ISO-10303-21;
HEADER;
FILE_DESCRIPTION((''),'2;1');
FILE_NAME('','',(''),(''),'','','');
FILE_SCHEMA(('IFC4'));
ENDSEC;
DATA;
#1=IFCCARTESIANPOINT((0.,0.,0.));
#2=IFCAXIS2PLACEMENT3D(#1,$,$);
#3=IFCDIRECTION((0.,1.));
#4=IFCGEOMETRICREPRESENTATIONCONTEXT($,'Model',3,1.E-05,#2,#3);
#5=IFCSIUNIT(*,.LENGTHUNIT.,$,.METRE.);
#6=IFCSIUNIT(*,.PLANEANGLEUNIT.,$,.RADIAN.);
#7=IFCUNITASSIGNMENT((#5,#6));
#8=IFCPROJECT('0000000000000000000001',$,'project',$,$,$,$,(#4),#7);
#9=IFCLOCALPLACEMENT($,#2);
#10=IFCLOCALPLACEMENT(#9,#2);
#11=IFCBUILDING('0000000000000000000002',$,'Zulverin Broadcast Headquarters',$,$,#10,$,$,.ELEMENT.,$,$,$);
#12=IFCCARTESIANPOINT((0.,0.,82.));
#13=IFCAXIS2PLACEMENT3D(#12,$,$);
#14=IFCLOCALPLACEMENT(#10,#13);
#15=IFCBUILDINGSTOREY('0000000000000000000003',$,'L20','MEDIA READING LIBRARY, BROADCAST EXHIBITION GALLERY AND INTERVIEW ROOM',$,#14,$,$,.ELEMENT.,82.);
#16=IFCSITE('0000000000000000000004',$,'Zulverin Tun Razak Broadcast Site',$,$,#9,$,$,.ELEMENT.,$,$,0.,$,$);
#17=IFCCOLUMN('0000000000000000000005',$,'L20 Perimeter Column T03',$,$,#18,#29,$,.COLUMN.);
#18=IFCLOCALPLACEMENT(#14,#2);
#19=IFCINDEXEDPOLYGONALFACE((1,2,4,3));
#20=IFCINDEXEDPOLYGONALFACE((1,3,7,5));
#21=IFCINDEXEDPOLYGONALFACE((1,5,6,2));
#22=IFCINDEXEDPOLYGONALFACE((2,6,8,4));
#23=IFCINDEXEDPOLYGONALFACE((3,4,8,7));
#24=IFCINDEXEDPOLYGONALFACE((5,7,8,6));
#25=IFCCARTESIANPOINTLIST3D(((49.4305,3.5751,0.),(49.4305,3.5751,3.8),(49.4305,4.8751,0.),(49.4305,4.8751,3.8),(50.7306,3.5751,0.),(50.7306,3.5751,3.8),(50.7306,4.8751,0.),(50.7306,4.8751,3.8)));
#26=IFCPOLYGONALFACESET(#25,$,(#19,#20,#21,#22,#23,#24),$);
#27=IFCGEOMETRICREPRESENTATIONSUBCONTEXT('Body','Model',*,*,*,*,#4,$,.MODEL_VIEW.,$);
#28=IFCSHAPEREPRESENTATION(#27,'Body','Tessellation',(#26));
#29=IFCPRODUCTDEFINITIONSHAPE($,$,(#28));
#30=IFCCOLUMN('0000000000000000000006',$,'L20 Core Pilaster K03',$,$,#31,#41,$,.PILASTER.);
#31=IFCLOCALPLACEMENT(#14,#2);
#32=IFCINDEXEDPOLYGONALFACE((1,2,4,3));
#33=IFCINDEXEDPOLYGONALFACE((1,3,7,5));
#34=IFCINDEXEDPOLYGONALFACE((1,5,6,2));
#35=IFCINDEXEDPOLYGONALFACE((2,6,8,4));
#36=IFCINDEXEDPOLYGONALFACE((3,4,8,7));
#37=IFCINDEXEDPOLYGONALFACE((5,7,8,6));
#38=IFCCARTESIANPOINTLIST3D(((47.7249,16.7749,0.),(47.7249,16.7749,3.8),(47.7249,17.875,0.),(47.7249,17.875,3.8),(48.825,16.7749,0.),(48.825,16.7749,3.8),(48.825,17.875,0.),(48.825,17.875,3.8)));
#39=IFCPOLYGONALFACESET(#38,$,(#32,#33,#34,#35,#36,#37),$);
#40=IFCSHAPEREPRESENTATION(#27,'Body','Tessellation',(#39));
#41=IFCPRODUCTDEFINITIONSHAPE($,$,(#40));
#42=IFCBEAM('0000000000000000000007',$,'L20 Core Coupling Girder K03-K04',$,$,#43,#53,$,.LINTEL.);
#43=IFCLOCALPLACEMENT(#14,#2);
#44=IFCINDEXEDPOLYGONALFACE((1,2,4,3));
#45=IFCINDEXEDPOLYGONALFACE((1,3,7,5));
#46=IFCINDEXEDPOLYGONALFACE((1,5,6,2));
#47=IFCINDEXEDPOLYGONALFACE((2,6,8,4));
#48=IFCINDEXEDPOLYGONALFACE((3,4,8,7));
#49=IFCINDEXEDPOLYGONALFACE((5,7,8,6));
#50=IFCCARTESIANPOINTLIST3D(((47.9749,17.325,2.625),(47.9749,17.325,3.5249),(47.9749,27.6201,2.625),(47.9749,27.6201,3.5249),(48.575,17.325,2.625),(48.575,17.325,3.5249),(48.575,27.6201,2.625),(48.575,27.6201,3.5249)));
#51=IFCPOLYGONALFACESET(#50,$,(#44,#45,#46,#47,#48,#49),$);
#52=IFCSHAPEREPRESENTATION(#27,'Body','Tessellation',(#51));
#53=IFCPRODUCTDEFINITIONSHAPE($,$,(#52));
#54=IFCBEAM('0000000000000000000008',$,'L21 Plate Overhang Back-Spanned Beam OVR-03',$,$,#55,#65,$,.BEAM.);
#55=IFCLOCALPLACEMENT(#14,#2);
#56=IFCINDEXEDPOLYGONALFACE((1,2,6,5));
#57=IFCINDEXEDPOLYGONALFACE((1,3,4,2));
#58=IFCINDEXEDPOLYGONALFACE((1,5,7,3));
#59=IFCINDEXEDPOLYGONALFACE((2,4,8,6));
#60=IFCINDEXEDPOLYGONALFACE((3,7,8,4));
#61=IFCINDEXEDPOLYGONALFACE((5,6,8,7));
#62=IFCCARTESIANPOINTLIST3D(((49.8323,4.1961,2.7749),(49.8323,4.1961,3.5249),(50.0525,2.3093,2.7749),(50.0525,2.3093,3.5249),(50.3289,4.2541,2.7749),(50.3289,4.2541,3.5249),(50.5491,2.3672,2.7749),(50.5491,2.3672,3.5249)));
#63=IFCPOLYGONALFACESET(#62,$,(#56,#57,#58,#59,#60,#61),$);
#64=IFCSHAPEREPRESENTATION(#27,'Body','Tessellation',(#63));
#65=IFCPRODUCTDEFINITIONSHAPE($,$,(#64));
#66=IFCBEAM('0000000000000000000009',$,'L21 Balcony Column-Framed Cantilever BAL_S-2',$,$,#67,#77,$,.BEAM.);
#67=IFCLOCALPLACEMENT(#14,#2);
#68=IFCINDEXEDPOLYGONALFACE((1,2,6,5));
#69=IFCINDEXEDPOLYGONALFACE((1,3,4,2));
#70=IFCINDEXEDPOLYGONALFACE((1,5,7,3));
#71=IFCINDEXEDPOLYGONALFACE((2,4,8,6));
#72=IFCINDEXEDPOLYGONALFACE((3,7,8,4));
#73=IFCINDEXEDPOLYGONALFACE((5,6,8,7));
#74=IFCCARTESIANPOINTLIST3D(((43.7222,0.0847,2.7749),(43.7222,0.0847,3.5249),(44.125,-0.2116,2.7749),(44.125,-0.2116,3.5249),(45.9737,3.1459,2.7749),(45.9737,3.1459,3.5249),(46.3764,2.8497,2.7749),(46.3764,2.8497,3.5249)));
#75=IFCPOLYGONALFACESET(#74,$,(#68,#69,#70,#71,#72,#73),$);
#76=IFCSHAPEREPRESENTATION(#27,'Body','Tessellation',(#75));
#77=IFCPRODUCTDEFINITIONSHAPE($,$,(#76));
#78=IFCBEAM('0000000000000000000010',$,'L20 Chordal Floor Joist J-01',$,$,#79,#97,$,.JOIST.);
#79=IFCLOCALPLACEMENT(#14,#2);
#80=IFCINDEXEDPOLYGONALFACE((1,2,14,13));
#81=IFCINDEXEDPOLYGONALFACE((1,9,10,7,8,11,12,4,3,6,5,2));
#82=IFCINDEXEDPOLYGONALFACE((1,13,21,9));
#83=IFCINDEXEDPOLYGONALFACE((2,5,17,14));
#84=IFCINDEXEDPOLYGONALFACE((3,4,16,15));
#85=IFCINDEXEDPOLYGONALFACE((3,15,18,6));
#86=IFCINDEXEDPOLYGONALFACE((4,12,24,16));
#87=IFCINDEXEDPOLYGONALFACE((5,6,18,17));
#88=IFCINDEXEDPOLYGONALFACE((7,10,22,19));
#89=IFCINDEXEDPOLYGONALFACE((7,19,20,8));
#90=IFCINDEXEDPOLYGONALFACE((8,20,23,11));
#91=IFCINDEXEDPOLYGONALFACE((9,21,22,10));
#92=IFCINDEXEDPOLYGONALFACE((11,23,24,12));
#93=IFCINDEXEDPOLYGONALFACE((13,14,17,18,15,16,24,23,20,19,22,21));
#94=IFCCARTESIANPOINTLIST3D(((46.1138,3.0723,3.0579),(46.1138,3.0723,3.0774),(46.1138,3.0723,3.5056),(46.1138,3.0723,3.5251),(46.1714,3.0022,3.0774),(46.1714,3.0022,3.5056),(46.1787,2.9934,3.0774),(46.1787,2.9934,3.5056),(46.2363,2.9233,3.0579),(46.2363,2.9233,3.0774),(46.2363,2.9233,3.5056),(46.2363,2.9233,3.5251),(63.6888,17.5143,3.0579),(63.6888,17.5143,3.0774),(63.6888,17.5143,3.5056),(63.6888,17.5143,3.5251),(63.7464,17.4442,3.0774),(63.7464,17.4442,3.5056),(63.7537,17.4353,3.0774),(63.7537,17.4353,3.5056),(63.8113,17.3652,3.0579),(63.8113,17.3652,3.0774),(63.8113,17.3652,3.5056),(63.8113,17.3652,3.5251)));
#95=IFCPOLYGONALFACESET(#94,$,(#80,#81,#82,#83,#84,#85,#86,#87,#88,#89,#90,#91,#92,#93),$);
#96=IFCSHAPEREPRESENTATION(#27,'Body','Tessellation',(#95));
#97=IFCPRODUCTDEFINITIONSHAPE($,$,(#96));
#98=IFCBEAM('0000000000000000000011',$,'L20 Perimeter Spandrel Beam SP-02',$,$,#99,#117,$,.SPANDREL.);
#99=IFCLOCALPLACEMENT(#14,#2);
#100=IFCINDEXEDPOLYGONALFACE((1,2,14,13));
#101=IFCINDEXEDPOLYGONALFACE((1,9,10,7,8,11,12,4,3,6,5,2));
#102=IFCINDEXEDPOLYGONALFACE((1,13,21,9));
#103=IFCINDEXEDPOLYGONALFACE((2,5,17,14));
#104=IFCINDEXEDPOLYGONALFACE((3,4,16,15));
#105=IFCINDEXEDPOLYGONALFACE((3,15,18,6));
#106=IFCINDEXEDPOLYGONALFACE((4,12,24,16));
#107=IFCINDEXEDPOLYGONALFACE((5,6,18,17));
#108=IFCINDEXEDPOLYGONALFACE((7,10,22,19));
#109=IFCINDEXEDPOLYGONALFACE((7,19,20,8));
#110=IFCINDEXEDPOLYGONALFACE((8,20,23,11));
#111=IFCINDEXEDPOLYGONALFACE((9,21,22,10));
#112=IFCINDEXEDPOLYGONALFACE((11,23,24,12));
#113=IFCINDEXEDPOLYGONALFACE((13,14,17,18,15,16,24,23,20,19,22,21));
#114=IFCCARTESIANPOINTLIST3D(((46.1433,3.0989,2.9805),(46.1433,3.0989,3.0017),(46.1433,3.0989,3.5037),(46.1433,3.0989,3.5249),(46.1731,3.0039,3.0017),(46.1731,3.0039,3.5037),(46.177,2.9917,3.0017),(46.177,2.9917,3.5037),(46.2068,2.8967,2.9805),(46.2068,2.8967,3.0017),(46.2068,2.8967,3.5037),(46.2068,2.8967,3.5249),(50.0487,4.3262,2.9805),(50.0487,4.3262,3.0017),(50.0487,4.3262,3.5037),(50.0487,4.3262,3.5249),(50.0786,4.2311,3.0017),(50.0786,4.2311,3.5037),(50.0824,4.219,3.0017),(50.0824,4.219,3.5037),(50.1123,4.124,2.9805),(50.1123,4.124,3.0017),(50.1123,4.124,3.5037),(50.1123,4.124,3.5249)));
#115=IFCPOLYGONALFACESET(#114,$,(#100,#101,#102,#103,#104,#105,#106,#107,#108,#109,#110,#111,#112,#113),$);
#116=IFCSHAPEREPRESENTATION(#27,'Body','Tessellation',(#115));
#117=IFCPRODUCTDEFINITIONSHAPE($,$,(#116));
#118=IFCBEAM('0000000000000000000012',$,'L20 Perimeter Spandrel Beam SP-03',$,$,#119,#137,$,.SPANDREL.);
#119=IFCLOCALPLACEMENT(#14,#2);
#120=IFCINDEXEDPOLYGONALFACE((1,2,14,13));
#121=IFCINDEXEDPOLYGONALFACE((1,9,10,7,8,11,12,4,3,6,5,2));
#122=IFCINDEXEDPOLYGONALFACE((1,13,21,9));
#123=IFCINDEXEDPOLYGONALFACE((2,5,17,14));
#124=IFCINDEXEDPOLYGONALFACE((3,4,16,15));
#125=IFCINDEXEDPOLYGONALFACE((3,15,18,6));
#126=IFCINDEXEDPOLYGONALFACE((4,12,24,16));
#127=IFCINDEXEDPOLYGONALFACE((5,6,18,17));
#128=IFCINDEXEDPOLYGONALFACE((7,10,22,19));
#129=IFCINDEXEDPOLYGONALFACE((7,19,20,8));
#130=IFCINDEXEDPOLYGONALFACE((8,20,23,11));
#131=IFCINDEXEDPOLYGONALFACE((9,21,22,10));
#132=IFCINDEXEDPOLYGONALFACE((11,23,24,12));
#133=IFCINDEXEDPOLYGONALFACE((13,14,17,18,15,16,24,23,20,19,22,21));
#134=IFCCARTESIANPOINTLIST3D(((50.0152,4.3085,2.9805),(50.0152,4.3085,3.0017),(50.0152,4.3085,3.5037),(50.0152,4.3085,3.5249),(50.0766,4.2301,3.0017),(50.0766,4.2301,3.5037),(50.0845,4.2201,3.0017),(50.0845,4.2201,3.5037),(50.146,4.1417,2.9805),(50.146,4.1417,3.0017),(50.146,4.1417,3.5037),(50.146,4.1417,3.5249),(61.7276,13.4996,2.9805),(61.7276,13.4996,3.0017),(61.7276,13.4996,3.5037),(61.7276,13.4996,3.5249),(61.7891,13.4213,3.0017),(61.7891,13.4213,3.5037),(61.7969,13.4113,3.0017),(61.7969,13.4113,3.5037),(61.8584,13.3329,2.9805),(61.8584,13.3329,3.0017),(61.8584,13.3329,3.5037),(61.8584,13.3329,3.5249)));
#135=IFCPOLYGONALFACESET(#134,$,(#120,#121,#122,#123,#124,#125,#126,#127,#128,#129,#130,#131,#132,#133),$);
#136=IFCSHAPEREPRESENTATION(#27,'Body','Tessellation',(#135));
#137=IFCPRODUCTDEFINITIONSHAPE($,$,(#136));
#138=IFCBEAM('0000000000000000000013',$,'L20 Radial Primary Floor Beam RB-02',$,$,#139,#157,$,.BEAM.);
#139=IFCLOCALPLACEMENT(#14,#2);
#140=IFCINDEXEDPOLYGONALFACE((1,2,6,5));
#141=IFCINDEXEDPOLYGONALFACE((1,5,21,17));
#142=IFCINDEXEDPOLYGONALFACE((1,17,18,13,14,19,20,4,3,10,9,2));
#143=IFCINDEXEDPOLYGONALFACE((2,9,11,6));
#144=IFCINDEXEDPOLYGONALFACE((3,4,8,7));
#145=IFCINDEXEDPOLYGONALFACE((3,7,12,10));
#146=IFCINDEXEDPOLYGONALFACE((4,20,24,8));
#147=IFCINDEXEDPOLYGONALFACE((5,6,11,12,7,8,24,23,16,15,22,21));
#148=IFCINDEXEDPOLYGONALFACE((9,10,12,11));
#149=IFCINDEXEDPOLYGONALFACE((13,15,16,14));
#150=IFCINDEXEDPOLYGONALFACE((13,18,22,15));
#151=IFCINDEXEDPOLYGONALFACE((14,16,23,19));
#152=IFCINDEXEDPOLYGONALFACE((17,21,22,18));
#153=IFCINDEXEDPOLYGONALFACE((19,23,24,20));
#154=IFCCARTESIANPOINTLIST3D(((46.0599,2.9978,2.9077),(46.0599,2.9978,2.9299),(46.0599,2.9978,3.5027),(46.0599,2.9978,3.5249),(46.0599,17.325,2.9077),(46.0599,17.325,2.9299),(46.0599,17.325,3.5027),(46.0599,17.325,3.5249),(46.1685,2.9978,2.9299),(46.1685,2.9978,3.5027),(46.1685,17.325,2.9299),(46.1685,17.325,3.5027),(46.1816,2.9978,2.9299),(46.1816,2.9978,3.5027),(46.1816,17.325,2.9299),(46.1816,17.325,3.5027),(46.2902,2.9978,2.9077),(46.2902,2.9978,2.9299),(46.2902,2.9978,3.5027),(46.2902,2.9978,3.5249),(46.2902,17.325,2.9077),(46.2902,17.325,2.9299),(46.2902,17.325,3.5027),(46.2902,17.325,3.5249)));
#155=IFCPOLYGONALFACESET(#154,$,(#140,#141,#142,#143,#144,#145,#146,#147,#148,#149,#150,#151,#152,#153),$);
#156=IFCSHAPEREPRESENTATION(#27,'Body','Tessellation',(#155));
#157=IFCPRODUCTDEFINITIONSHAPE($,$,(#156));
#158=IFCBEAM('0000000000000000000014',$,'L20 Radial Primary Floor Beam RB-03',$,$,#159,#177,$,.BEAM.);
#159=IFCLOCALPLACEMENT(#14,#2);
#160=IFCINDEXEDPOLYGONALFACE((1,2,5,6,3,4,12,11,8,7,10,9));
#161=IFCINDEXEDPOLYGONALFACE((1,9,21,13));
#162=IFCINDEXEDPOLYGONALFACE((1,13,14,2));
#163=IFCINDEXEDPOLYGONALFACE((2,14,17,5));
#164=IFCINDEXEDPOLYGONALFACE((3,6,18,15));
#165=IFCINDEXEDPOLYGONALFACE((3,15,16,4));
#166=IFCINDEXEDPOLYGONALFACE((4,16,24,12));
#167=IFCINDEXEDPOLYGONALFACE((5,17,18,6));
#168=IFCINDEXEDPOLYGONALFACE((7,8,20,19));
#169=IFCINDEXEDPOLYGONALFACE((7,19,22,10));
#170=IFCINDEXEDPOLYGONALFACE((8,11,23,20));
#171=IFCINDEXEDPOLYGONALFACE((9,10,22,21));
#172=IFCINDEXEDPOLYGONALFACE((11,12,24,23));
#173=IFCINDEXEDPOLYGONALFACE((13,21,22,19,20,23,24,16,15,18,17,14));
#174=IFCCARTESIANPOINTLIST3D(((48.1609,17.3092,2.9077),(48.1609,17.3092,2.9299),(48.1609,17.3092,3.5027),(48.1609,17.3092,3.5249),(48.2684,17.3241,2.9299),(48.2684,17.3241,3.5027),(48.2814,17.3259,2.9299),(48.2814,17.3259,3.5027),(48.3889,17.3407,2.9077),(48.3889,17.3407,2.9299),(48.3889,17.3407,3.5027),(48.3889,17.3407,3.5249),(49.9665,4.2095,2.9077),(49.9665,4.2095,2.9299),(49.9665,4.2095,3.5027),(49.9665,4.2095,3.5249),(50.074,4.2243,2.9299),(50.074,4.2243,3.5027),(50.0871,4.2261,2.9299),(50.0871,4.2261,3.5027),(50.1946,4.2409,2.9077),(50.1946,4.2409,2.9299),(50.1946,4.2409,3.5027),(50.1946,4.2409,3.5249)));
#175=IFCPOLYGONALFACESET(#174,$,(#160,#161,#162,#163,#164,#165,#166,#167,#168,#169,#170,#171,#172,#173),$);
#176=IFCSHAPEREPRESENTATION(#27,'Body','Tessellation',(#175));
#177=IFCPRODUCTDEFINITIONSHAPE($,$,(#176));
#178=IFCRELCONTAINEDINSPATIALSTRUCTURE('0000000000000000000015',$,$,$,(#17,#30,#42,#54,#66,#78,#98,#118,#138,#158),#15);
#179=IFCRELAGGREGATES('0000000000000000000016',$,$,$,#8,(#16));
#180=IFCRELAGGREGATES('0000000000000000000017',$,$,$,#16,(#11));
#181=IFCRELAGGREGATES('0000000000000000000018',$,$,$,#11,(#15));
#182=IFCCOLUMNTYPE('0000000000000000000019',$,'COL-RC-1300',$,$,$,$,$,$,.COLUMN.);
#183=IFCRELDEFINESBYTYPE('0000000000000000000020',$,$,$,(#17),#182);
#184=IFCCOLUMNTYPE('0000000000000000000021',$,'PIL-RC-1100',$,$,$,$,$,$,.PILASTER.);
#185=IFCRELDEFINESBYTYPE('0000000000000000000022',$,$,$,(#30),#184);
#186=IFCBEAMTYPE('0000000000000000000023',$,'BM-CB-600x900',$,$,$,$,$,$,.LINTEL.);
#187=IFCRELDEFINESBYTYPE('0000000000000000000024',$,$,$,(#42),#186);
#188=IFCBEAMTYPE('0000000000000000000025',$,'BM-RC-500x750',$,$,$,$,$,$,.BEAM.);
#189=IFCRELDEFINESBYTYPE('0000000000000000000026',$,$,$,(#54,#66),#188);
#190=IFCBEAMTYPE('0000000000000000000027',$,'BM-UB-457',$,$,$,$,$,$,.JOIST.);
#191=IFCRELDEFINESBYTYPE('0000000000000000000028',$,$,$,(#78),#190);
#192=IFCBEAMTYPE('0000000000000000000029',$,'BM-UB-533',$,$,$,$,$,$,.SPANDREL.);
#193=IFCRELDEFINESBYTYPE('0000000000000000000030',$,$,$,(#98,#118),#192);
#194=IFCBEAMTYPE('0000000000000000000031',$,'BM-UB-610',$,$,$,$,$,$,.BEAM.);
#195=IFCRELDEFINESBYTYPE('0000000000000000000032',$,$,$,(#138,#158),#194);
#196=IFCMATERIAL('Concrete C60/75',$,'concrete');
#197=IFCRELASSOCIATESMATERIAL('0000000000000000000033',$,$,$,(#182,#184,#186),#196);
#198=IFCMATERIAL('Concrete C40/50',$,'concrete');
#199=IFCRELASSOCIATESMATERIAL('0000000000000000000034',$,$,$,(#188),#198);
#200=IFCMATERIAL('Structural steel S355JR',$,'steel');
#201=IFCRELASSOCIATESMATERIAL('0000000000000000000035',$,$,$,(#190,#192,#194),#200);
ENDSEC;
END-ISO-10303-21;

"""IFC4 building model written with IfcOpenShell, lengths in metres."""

from ifc_helpers import new_model, si_unit, direction, frame, origin, origin_2d, place, context, subcontext, project, spatial, rectangle, i_section, extrude, material, material_profile, profile_set, type_object, element, save


model = new_model("IFC4")

# Units and contexts
model_context = context("Model", 3, precision=1e-05, world=origin(), true_north=direction((0.0, 1.0)))
body_context = subcontext(model_context, "Body", "Model", "MODEL_VIEW")
ifc_project = project(units=[si_unit("LENGTHUNIT", "METRE"), si_unit("PLANEANGLEUNIT", "RADIAN")], contexts=[model_context])

# Site, building, storey
site_placement = place(None, origin())
site = spatial("IfcSite", under=ifc_project, at=site_placement, Name="Zulverin Tun Razak Broadcast Site", CompositionType="ELEMENT", RefElevation=0.0)
building_placement = place(site_placement, origin())
building = spatial("IfcBuilding", under=site, at=building_placement, Name="Zulverin Broadcast Headquarters", CompositionType="ELEMENT")
storey_placement = place(building_placement, frame((0.0, 0.0, 82.0)))
storey = spatial("IfcBuildingStorey", under=building, at=storey_placement, Name="L20", Description="MEDIA READING LIBRARY, BROADCAST EXHIBITION GALLERY AND INTERVIEW ROOM", CompositionType="ELEMENT", Elevation=82.0)

# Columns
ifc_material_1 = material(Name="Concrete C60/75", Category="concrete")
ifc_material_profile_1 = material_profile(ifc_material_1, rectangle(XDim=1.3, YDim=1.3, at=origin_2d()), Name="Concrete C60/75", Category="concrete")
ifc_profile_set_1 = profile_set([ifc_material_profile_1], Name="Concrete C60/75")
column_type_1 = type_object("IfcColumnType", Name="COL-RC-1300", PredefinedType="COLUMN", material=ifc_profile_set_1)
column_1_placement = place(storey_placement, frame((50.0806, 4.2251, 0.0), z_axis=(0.0, 0.0, 1.0), x_axis=(1.0, 0.0, 0.0)))
element("IfcColumn", 1, at=column_1_placement, inside=storey, type_object=column_type_1, Name="L20 Perimeter Column T03", PredefinedType="COLUMN", context=body_context, shape_type="SweptSolid", body=[
    extrude(rectangle(XDim=1.3, YDim=1.3, at=origin_2d()), origin(), (0.0, 0.0, 1.0), 3.8),
])
ifc_material_profile_2 = material_profile(ifc_material_1, rectangle(XDim=1.1001, YDim=1.1001, at=origin_2d()), Name="Concrete C60/75", Category="concrete")
ifc_profile_set_2 = profile_set([ifc_material_profile_2], Name="Concrete C60/75")
column_type_2 = type_object("IfcColumnType", Name="PIL-RC-1100", PredefinedType="PILASTER", material=ifc_profile_set_2)
column_2_placement = place(storey_placement, frame((48.2749, 17.325, 0.0), z_axis=(0.0, 0.0, 1.0), x_axis=(1.0, 0.0, 0.0)))
element("IfcColumn", 2, at=column_2_placement, inside=storey, type_object=column_type_2, Name="L20 Core Pilaster K03", PredefinedType="PILASTER", context=body_context, shape_type="SweptSolid", body=[
    extrude(rectangle(XDim=1.1001, YDim=1.1001, at=origin_2d()), origin(), (0.0, 0.0, 1.0), 3.8),
])

# Beams
ifc_material_profile_3 = material_profile(ifc_material_1, rectangle(XDim=0.6001, YDim=0.8999, at=origin_2d()), Name="Concrete C60/75", Category="concrete")
ifc_profile_set_3 = profile_set([ifc_material_profile_3], Name="Concrete C60/75")
beam_type_1 = type_object("IfcBeamType", Name="BM-CB-600x900", PredefinedType="LINTEL", material=ifc_profile_set_3)
beam_1_placement = place(storey_placement, frame((48.2749, 17.325, 3.075), z_axis=(0.0, 1.0, 0.0), x_axis=(-1.0, 0.0, 0.0)))
element("IfcBeam", 3, at=beam_1_placement, inside=storey, type_object=beam_type_1, Name="L20 Core Coupling Girder K03-K04", PredefinedType="LINTEL", context=body_context, shape_type="SweptSolid", body=[
    extrude(rectangle(XDim=0.6001, YDim=0.8999, at=origin_2d()), origin(), (0.0, 0.0, 1.0), 10.2952),
])
ifc_material_2 = material(Name="Concrete C40/50", Category="concrete")
ifc_material_profile_4 = material_profile(ifc_material_2, rectangle(XDim=0.5, YDim=0.75, at=origin_2d()), Name="Concrete C40/50", Category="concrete")
ifc_profile_set_4 = profile_set([ifc_material_profile_4], Name="Concrete C40/50")
beam_type_2 = type_object("IfcBeamType", Name="BM-RC-500x750", PredefinedType="BEAM", material=ifc_profile_set_4)
beam_2_placement = place(storey_placement, frame((50.0806, 4.2251, 3.1499), z_axis=(0.115917, -0.993259, 0.0), x_axis=(0.993259, 0.115917, 0.0)))
element("IfcBeam", 4, at=beam_2_placement, inside=storey, type_object=beam_type_2, Name="L21 Plate Overhang Back-Spanned Beam OVR-03", PredefinedType="BEAM", context=body_context, shape_type="SweptSolid", body=[
    extrude(rectangle(XDim=0.5, YDim=0.75, at=origin_2d()), origin(), (0.0, 0.0, 1.0), 1.8997),
])
beam_3_placement = place(storey_placement, frame((46.175, 2.9978, 3.1499), z_axis=(-0.59248, -0.805585, 0.0), x_axis=(0.805585, -0.59248, 0.0)))
element("IfcBeam", 5, at=beam_3_placement, inside=storey, type_object=beam_type_2, Name="L21 Balcony Column-Framed Cantilever BAL_S-2", PredefinedType="BEAM", context=body_context, shape_type="SweptSolid", body=[
    extrude(rectangle(XDim=0.5, YDim=0.75, at=origin_2d()), origin(), (0.0, 0.0, 1.0), 3.8),
])
ifc_material_3 = material(Name="Structural steel S355JR", Category="steel")
ifc_material_profile_5 = material_profile(ifc_material_3, i_section(OverallWidth=0.1929, OverallDepth=0.4673, WebThickness=0.0115, FlangeThickness=0.0195, at=origin_2d()), Name="Structural steel S355JR", Category="steel")
ifc_profile_set_5 = profile_set([ifc_material_profile_5], Name="Structural steel S355JR")
beam_type_3 = type_object("IfcBeamType", Name="BM-UB-457", PredefinedType="JOIST", material=ifc_profile_set_5)
beam_4_placement = place(storey_placement, frame((46.175, 2.9978, 3.2915), z_axis=(0.772611, 0.634879, 0.0), x_axis=(-0.634879, 0.772611, 0.0)))
element("IfcBeam", 6, at=beam_4_placement, inside=storey, type_object=beam_type_3, Name="L20 Chordal Floor Joist J-01", PredefinedType="JOIST", context=body_context, shape_type="SweptSolid", body=[
    extrude(i_section(OverallWidth=0.1929, OverallDepth=0.4673, WebThickness=0.0115, FlangeThickness=0.0195, at=origin_2d()), origin(), (0.0, 0.0, 1.0), 22.7476),
])
ifc_material_profile_6 = material_profile(ifc_material_3, i_section(OverallWidth=0.2119, OverallDepth=0.5444, WebThickness=0.0127, FlangeThickness=0.0212, at=origin_2d()), Name="Structural steel S355JR", Category="steel")
ifc_profile_set_6 = profile_set([ifc_material_profile_6], Name="Structural steel S355JR")
beam_type_4 = type_object("IfcBeamType", Name="BM-UB-533", PredefinedType="SPANDREL", material=ifc_profile_set_6)
beam_5_placement = place(storey_placement, frame((46.175, 2.9978, 3.2527), z_axis=(0.954004, 0.299792, 0.0), x_axis=(-0.299792, 0.954004, 0.0)))
element("IfcBeam", 7, at=beam_5_placement, inside=storey, type_object=beam_type_4, Name="L20 Perimeter Spandrel Beam SP-02", PredefinedType="SPANDREL", context=body_context, shape_type="SweptSolid", body=[
    extrude(i_section(OverallWidth=0.2119, OverallDepth=0.5444, WebThickness=0.0127, FlangeThickness=0.0212, at=origin_2d()), origin(), (0.0, 0.0, 1.0), 4.0938),
])
beam_6_placement = place(storey_placement, frame((50.0806, 4.2251, 3.2527), z_axis=(0.786691, 0.617346, 0.0), x_axis=(-0.617346, 0.786691, 0.0)))
element("IfcBeam", 8, at=beam_6_placement, inside=storey, type_object=beam_type_4, Name="L20 Perimeter Spandrel Beam SP-03", PredefinedType="SPANDREL", context=body_context, shape_type="SweptSolid", body=[
    extrude(i_section(OverallWidth=0.2119, OverallDepth=0.5444, WebThickness=0.0127, FlangeThickness=0.0212, at=origin_2d()), origin(), (0.0, 0.0, 1.0), 14.8882),
])
ifc_material_profile_7 = material_profile(ifc_material_3, i_section(OverallWidth=0.2302, OverallDepth=0.6172, WebThickness=0.0132, FlangeThickness=0.0222, at=origin_2d()), Name="Structural steel S355JR", Category="steel")
ifc_profile_set_7 = profile_set([ifc_material_profile_7], Name="Structural steel S355JR")
beam_type_5 = type_object("IfcBeamType", Name="BM-UB-610", PredefinedType="BEAM", material=ifc_profile_set_7)
beam_7_placement = place(storey_placement, frame((46.175, 17.325, 3.2163), z_axis=(0.0, -1.0, 0.0), x_axis=(1.0, 0.0, 0.0)))
element("IfcBeam", 9, at=beam_7_placement, inside=storey, type_object=beam_type_5, Name="L20 Radial Primary Floor Beam RB-02", PredefinedType="BEAM", context=body_context, shape_type="SweptSolid", body=[
    extrude(i_section(OverallWidth=0.2302, OverallDepth=0.6172, WebThickness=0.0132, FlangeThickness=0.0222, at=origin_2d()), origin(), (0.0, 0.0, 1.0), 14.3271),
])
beam_8_placement = place(storey_placement, frame((48.2749, 17.325, 3.2163), z_axis=(0.136547, -0.990634, 0.0), x_axis=(0.990634, 0.136547, 0.0)))
element("IfcBeam", 10, at=beam_8_placement, inside=storey, type_object=beam_type_5, Name="L20 Radial Primary Floor Beam RB-03", PredefinedType="BEAM", context=body_context, shape_type="SweptSolid", body=[
    extrude(i_section(OverallWidth=0.2302, OverallDepth=0.6172, WebThickness=0.0132, FlangeThickness=0.0222, at=origin_2d()), origin(), (0.0, 0.0, 1.0), 13.2236),
])

save(model, "model.ifc")
